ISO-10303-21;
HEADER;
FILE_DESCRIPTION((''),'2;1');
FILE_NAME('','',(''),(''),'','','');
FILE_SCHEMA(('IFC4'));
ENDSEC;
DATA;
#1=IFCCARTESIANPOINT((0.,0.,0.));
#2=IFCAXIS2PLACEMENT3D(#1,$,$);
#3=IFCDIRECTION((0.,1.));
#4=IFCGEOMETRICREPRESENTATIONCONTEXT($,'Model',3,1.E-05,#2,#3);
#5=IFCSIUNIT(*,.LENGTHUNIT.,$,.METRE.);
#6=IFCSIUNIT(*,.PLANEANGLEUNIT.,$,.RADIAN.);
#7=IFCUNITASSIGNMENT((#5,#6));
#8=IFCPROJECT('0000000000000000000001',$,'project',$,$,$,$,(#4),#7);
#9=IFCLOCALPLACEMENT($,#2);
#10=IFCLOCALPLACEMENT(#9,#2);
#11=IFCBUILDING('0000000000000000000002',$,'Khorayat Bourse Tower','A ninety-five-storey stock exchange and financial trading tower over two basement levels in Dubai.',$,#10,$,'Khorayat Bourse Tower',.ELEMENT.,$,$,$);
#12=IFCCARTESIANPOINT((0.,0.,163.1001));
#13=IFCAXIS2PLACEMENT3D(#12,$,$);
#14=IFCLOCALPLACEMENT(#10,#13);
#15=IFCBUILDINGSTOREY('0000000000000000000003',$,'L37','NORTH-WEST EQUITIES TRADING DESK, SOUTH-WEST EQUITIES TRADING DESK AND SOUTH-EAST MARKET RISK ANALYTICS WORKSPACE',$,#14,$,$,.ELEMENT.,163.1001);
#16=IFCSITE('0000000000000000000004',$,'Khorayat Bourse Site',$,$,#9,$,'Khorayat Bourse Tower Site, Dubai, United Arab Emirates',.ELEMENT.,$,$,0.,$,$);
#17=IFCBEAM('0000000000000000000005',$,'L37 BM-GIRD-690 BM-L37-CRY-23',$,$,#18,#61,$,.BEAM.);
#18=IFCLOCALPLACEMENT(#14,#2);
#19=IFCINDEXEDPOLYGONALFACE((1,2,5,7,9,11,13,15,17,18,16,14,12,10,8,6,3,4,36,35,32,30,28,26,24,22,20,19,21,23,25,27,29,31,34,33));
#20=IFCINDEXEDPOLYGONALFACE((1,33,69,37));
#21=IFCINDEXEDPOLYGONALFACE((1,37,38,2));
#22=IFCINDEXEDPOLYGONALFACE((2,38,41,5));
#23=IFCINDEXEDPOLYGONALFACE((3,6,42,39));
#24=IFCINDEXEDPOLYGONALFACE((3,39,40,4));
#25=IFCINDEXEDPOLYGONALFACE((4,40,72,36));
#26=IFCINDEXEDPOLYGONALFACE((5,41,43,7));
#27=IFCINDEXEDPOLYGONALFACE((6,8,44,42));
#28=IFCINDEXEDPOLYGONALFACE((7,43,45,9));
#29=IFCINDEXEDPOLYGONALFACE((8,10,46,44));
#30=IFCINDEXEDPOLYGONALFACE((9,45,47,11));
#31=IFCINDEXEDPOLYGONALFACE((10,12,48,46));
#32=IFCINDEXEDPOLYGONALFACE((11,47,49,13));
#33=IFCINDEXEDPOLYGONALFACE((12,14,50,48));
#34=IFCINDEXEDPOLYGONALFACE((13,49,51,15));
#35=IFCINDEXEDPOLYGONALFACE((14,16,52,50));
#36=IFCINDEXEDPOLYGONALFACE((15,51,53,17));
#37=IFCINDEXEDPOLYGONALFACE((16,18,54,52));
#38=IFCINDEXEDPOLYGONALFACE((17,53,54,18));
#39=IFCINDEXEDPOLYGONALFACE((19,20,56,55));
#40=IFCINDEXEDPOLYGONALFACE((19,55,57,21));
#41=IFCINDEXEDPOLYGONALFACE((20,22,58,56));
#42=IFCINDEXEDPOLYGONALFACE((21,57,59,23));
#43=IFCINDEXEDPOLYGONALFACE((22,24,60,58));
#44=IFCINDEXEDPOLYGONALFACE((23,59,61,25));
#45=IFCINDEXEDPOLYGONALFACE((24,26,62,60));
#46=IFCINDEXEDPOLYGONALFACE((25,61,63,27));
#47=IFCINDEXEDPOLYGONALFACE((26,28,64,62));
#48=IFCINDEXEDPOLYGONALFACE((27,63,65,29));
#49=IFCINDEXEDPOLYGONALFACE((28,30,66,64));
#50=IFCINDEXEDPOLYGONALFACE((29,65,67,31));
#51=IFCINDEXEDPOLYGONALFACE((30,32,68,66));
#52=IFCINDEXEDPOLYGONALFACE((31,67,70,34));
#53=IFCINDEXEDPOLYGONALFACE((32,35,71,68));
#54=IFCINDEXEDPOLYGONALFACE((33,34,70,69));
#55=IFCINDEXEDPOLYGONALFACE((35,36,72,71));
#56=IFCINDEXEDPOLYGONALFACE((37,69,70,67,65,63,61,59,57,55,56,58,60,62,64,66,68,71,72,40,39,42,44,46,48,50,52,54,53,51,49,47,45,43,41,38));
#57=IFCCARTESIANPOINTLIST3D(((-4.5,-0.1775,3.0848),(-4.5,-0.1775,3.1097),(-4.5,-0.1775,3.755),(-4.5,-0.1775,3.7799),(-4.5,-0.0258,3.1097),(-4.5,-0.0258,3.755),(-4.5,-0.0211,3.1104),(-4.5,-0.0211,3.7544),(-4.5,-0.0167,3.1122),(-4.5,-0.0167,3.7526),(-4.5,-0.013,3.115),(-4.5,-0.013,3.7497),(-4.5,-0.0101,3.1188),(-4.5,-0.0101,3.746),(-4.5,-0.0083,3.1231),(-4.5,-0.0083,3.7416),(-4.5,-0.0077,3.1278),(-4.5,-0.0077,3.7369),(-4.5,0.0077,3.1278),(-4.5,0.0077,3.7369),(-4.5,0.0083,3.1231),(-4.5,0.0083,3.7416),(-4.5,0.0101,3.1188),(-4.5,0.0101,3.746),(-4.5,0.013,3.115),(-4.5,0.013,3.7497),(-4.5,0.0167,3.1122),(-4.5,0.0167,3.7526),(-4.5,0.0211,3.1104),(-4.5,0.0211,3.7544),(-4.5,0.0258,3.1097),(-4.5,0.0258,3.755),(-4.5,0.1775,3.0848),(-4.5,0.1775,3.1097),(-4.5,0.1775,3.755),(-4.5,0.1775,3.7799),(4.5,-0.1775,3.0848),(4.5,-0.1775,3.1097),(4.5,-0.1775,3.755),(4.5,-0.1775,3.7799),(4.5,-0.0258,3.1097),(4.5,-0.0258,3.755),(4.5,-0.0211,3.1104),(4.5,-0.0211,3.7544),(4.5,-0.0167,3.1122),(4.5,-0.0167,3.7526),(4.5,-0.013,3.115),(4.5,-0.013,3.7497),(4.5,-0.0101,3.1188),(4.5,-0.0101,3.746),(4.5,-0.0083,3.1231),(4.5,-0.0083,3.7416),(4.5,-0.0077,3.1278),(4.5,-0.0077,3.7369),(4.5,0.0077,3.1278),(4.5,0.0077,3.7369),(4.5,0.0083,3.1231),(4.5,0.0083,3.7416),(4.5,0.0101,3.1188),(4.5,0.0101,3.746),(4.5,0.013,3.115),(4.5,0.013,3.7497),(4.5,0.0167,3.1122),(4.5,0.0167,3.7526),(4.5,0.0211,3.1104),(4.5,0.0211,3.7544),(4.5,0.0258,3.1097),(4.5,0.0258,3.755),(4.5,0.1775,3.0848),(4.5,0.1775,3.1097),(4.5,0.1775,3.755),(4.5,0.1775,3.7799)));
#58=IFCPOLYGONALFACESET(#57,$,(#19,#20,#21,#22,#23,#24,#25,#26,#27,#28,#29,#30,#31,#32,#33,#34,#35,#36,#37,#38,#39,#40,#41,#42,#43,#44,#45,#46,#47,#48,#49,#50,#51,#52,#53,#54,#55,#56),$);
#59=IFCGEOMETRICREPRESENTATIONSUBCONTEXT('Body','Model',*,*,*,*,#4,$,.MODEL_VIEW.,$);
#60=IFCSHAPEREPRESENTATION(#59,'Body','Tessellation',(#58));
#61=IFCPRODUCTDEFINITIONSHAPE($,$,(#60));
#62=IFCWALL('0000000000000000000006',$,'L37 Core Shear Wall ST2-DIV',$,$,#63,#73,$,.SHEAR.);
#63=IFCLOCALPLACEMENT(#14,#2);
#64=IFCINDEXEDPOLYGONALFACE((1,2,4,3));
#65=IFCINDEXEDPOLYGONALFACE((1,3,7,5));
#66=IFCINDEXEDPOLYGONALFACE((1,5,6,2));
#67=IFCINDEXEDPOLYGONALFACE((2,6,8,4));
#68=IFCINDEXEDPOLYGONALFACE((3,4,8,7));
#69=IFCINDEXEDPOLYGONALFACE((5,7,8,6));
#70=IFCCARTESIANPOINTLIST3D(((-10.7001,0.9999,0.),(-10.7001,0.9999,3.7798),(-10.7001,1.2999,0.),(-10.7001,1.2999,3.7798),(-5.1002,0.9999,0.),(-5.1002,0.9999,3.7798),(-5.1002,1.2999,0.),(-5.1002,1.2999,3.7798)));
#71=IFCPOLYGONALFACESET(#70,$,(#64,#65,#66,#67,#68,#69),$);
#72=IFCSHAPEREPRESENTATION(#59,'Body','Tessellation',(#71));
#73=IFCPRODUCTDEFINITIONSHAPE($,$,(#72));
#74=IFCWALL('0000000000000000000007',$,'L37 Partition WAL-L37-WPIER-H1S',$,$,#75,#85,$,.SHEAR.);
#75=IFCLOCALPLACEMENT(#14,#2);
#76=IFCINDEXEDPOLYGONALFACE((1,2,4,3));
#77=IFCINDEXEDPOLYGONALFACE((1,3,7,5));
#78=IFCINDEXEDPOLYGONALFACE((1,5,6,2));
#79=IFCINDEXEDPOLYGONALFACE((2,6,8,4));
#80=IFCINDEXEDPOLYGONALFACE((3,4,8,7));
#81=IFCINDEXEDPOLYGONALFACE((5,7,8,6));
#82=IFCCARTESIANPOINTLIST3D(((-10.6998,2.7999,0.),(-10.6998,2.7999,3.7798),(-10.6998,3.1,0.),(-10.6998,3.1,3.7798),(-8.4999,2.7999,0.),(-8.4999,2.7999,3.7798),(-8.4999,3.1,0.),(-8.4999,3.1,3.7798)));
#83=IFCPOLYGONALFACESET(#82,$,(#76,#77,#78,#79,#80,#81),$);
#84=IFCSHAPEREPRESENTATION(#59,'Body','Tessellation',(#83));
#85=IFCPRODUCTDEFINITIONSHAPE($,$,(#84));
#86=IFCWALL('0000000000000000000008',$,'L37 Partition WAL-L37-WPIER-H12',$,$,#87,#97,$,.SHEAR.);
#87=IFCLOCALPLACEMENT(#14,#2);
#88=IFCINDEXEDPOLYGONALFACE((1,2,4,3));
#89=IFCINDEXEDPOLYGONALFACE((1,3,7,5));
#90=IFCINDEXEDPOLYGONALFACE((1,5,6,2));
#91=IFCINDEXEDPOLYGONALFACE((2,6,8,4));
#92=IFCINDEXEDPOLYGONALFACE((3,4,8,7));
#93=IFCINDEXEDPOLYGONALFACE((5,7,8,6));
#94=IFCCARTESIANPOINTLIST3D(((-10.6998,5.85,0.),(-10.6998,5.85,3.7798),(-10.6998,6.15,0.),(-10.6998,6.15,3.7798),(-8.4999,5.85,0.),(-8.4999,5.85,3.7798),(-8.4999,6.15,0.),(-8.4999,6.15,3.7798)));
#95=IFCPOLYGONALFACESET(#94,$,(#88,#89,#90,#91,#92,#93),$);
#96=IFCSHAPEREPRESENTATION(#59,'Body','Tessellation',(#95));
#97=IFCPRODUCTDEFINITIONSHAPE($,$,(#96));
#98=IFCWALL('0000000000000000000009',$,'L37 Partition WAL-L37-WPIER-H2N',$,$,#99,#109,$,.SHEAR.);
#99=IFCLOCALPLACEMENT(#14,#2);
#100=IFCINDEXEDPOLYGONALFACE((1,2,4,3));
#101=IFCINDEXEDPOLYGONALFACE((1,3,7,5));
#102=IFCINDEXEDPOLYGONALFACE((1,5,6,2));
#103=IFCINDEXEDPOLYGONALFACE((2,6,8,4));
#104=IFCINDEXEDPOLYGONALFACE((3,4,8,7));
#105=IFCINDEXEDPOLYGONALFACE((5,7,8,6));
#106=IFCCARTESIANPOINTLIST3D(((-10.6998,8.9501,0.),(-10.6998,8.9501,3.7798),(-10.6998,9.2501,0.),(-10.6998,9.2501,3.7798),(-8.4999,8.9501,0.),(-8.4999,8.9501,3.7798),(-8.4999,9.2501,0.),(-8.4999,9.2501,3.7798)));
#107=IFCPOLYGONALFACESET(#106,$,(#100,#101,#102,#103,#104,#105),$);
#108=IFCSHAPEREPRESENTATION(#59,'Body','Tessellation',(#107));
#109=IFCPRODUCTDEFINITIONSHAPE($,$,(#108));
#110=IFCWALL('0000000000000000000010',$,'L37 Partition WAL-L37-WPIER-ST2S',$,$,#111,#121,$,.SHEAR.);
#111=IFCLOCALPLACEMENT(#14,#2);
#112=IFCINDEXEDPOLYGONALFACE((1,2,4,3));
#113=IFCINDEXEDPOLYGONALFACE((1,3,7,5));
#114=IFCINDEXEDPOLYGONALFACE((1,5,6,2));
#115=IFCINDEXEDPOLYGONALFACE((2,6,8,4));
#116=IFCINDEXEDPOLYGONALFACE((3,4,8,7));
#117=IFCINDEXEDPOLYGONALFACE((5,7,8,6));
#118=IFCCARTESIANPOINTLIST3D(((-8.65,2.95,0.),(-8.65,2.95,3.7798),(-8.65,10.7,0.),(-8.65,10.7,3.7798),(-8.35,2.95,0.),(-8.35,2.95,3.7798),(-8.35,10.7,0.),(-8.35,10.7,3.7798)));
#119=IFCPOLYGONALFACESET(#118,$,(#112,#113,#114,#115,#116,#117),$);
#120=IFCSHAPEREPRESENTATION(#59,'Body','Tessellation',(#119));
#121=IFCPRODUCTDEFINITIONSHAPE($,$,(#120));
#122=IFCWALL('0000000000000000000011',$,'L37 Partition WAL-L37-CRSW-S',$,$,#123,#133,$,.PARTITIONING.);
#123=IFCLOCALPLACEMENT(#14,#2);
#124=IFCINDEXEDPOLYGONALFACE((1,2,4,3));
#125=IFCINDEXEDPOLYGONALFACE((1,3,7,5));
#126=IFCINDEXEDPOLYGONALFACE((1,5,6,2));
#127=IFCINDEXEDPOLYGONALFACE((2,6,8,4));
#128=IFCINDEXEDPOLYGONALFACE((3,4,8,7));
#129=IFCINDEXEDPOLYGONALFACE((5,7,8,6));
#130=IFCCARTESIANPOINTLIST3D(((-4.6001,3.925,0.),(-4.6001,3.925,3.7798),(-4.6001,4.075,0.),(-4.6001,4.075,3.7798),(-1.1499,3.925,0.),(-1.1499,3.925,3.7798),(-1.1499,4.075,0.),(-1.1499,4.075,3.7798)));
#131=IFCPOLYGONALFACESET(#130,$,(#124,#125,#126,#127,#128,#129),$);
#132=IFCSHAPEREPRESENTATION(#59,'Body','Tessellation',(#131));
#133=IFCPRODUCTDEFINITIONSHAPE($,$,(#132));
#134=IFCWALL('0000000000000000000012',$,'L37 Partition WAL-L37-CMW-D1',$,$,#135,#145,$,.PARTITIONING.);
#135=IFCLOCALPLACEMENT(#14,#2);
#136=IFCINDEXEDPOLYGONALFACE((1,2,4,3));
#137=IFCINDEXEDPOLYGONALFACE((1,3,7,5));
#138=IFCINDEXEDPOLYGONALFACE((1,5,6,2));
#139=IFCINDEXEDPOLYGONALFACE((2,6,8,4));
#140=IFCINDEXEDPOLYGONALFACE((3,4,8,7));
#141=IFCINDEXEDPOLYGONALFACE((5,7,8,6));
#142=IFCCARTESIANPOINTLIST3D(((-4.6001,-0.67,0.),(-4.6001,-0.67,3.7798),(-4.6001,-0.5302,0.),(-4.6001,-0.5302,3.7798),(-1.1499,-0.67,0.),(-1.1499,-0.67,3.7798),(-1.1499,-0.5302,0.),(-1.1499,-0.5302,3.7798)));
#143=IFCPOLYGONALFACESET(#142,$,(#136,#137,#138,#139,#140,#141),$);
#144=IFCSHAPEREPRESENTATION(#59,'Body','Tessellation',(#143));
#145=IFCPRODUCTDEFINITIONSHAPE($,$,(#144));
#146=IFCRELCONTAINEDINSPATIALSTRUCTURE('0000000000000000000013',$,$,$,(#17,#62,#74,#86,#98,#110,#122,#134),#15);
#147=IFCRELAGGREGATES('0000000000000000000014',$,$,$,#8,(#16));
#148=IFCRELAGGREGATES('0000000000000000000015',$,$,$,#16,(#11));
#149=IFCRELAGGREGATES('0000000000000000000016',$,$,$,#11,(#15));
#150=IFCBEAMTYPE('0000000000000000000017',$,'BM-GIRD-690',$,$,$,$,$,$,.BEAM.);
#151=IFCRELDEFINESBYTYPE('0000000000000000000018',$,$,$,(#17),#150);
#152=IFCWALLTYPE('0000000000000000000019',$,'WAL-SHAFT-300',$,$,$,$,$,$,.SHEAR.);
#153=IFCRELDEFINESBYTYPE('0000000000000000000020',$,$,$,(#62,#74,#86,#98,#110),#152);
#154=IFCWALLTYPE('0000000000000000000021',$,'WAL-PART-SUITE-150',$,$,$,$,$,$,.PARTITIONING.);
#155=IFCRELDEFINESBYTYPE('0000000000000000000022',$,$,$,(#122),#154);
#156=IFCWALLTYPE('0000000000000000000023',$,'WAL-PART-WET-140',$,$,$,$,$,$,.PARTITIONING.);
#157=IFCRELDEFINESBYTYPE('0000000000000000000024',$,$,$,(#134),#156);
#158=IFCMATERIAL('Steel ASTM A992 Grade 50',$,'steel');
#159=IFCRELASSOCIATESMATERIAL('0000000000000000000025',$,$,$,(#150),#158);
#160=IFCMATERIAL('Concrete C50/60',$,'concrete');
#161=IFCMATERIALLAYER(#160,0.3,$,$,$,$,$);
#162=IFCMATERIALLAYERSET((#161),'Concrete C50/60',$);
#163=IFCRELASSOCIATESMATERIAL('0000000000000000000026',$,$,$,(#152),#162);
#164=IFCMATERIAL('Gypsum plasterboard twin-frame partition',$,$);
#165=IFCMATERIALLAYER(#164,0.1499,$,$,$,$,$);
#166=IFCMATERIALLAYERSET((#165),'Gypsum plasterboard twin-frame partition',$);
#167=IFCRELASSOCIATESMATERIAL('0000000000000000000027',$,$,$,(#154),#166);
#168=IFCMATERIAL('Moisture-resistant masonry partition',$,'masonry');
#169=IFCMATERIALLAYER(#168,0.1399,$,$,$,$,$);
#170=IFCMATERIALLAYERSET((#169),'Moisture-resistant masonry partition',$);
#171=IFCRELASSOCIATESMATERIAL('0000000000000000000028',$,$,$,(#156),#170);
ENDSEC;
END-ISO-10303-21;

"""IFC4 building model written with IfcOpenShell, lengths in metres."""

from ifc_helpers import new_model, si_unit, direction, frame, frame_2d, origin, origin_2d, place, context, subcontext, project, spatial, rectangle, i_section, extrude, source, transform, mapped, material, layer, layer_set, material_profile, profile_set, type_object, element, save


model = new_model("IFC4")

# Units and contexts
model_context = context("Model", 3, precision=1e-05, world=origin(), true_north=direction((0.0, 1.0)))
body_context = subcontext(model_context, "Body", "Model", "MODEL_VIEW")
ifc_project = project(units=[si_unit("LENGTHUNIT", "METRE"), si_unit("PLANEANGLEUNIT", "RADIAN")], contexts=[model_context])

# Site, building, storey
site_placement = place(None, origin())
site = spatial("IfcSite", under=ifc_project, at=site_placement, Name="Khorayat Bourse Site", LongName="Khorayat Bourse Tower Site, Dubai, United Arab Emirates", CompositionType="ELEMENT", RefElevation=0.0)
building_placement = place(site_placement, origin())
building = spatial("IfcBuilding", under=site, at=building_placement, Name="Khorayat Bourse Tower", Description="A ninety-five-storey stock exchange and financial trading tower over two basement levels in Dubai.", LongName="Khorayat Bourse Tower", CompositionType="ELEMENT")
storey_placement = place(building_placement, frame((0.0, 0.0, 163.1001)))
storey = spatial("IfcBuildingStorey", under=building, at=storey_placement, Name="L37", Description="NORTH-WEST EQUITIES TRADING DESK, SOUTH-WEST EQUITIES TRADING DESK AND SOUTH-EAST MARKET RISK ANALYTICS WORKSPACE", CompositionType="ELEMENT", Elevation=163.1001)

# Beam
ifc_material_1 = material(Name="Steel ASTM A992 Grade 50", Category="steel")
ifc_material_profile_1 = material_profile(ifc_material_1, i_section(OverallWidth=0.355, OverallDepth=0.6951, WebThickness=0.0154, FlangeThickness=0.0249, FilletRadius=0.0181, at=origin_2d()), Name="W690X217")
ifc_profile_set_1 = profile_set([ifc_material_profile_1], Name="Steel ASTM A992 Grade 50")
beam_type = type_object("IfcBeamType", Name="BM-GIRD-690", PredefinedType="BEAM", material=ifc_profile_set_1)
shared_shape_1 = source(origin(), body_context, "Body", "SweptSolid", [
    extrude(i_section(OverallWidth=0.355, OverallDepth=0.6951, WebThickness=0.0154, FlangeThickness=0.0249, FilletRadius=0.0181, at=origin_2d()), origin(), (0.0, 0.0, 1.0), 9.0),
])
beam_1_placement = place(storey_placement, frame((-4.5, 0.0, 3.4324), z_axis=(1.0, 0.0, 0.0), x_axis=(0.0, 1.0, 0.0)))
element("IfcBeam", 1, at=beam_1_placement, inside=storey, type_object=beam_type, Name="L37 BM-GIRD-690 BM-L37-CRY-23", PredefinedType="BEAM", context=body_context, shape_type="MappedRepresentation", body=[
    mapped(shared_shape_1, transform((0.0, 0.0, 0.0), scale=1.0)),
])

# Walls
ifc_material_2 = material(Name="Concrete C50/60", Category="concrete")
ifc_layer_1 = layer(ifc_material_2, 0.3)
ifc_layer_set_1 = layer_set([ifc_layer_1], Name="Concrete C50/60")
wall_type_1 = type_object("IfcWallType", Name="WAL-SHAFT-300", PredefinedType="SHEAR", material=ifc_layer_set_1)
shared_shape_2 = source(origin(), body_context, "Body", "SweptSolid", [
    extrude(rectangle(XDim=5.5999, YDim=0.3, at=frame_2d((2.7998, 0.0))), origin(), (0.0, 0.0, 1.0), 3.7798),
])
wall_1_placement = place(storey_placement, frame((-10.7, 1.1499, 0.0), z_axis=(0.0, 0.0, 1.0), x_axis=(1.0, 0.0, 0.0)))
element("IfcWall", 2, at=wall_1_placement, inside=storey, type_object=wall_type_1, Name="L37 Core Shear Wall ST2-DIV", PredefinedType="SHEAR", context=body_context, shape_type="MappedRepresentation", body=[
    mapped(shared_shape_2, transform((0.0, 0.0, 0.0), scale=1.0)),
])
shared_shape_3 = source(origin(), body_context, "Body", "SweptSolid", [
    extrude(rectangle(XDim=2.2, YDim=0.3, at=frame_2d((1.1001, 0.0))), origin(), (0.0, 0.0, 1.0), 3.7798),
])
for number, where, z_axis, x_axis, name in (
    (3, (-10.7, 2.95, 0.0), (0.0, 0.0, 1.0), (1.0, 0.0, 0.0), "L37 Partition WAL-L37-WPIER-H1S"),
    (4, (-10.7, 6.0, 0.0), (0.0, 0.0, 1.0), (1.0, 0.0, 0.0), "L37 Partition WAL-L37-WPIER-H12"),
    (5, (-10.7, 9.1001, 0.0), (0.0, 0.0, 1.0), (1.0, 0.0, 0.0), "L37 Partition WAL-L37-WPIER-H2N"),
):
    element("IfcWall", number, at=place(storey_placement, frame(where, z_axis=z_axis, x_axis=x_axis)), inside=storey, type_object=wall_type_1, Name=name, PredefinedType="SHEAR", context=body_context, shape_type="MappedRepresentation", body=[
        mapped(shared_shape_3, transform((0.0, 0.0, 0.0), scale=1.0)),
    ])
shared_shape_4 = source(origin(), body_context, "Body", "SweptSolid", [
    extrude(rectangle(XDim=7.75, YDim=0.3, at=frame_2d((3.875, 0.0))), origin(), (0.0, 0.0, 1.0), 3.7798),
])
wall_2_placement = place(storey_placement, frame((-8.5, 2.95, 0.0), z_axis=(0.0, 0.0, 1.0), x_axis=(0.0, 1.0, 0.0)))
element("IfcWall", 6, at=wall_2_placement, inside=storey, type_object=wall_type_1, Name="L37 Partition WAL-L37-WPIER-ST2S", PredefinedType="SHEAR", context=body_context, shape_type="MappedRepresentation", body=[
    mapped(shared_shape_4, transform((0.0, 0.0, 0.0), scale=1.0)),
])
ifc_material_3 = material(Name="Gypsum plasterboard twin-frame partition")
ifc_layer_2 = layer(ifc_material_3, 0.1499)
ifc_layer_set_2 = layer_set([ifc_layer_2], Name="Gypsum plasterboard twin-frame partition")
wall_type_2 = type_object("IfcWallType", Name="WAL-PART-SUITE-150", PredefinedType="PARTITIONING", material=ifc_layer_set_2)
shared_shape_5 = source(origin(), body_context, "Body", "SweptSolid", [
    extrude(rectangle(XDim=3.4502, YDim=0.1499, at=frame_2d((1.7251, 0.0))), origin(), (0.0, 0.0, 1.0), 3.7798),
])
wall_3_placement = place(storey_placement, frame((-4.6001, 4.0, 0.0), z_axis=(0.0, 0.0, 1.0), x_axis=(1.0, 0.0, 0.0)))
element("IfcWall", 7, at=wall_3_placement, inside=storey, type_object=wall_type_2, Name="L37 Partition WAL-L37-CRSW-S", PredefinedType="PARTITIONING", context=body_context, shape_type="MappedRepresentation", body=[
    mapped(shared_shape_5, transform((0.0, 0.0, 0.0), scale=1.0)),
])
ifc_material_4 = material(Name="Moisture-resistant masonry partition", Category="masonry")
ifc_layer_3 = layer(ifc_material_4, 0.1399)
ifc_layer_set_3 = layer_set([ifc_layer_3], Name="Moisture-resistant masonry partition")
wall_type_3 = type_object("IfcWallType", Name="WAL-PART-WET-140", PredefinedType="PARTITIONING", material=ifc_layer_set_3)
shared_shape_6 = source(origin(), body_context, "Body", "SweptSolid", [
    extrude(rectangle(XDim=3.4502, YDim=0.1399, at=frame_2d((1.7251, 0.0))), origin(), (0.0, 0.0, 1.0), 3.7798),
])
wall_4_placement = place(storey_placement, frame((-4.6001, -0.6001, 0.0), z_axis=(0.0, 0.0, 1.0), x_axis=(1.0, 0.0, 0.0)))
element("IfcWall", 8, at=wall_4_placement, inside=storey, type_object=wall_type_3, Name="L37 Partition WAL-L37-CMW-D1", PredefinedType="PARTITIONING", context=body_context, shape_type="MappedRepresentation", body=[
    mapped(shared_shape_6, transform((0.0, 0.0, 0.0), scale=1.0)),
])

save(model, "model.ifc")
